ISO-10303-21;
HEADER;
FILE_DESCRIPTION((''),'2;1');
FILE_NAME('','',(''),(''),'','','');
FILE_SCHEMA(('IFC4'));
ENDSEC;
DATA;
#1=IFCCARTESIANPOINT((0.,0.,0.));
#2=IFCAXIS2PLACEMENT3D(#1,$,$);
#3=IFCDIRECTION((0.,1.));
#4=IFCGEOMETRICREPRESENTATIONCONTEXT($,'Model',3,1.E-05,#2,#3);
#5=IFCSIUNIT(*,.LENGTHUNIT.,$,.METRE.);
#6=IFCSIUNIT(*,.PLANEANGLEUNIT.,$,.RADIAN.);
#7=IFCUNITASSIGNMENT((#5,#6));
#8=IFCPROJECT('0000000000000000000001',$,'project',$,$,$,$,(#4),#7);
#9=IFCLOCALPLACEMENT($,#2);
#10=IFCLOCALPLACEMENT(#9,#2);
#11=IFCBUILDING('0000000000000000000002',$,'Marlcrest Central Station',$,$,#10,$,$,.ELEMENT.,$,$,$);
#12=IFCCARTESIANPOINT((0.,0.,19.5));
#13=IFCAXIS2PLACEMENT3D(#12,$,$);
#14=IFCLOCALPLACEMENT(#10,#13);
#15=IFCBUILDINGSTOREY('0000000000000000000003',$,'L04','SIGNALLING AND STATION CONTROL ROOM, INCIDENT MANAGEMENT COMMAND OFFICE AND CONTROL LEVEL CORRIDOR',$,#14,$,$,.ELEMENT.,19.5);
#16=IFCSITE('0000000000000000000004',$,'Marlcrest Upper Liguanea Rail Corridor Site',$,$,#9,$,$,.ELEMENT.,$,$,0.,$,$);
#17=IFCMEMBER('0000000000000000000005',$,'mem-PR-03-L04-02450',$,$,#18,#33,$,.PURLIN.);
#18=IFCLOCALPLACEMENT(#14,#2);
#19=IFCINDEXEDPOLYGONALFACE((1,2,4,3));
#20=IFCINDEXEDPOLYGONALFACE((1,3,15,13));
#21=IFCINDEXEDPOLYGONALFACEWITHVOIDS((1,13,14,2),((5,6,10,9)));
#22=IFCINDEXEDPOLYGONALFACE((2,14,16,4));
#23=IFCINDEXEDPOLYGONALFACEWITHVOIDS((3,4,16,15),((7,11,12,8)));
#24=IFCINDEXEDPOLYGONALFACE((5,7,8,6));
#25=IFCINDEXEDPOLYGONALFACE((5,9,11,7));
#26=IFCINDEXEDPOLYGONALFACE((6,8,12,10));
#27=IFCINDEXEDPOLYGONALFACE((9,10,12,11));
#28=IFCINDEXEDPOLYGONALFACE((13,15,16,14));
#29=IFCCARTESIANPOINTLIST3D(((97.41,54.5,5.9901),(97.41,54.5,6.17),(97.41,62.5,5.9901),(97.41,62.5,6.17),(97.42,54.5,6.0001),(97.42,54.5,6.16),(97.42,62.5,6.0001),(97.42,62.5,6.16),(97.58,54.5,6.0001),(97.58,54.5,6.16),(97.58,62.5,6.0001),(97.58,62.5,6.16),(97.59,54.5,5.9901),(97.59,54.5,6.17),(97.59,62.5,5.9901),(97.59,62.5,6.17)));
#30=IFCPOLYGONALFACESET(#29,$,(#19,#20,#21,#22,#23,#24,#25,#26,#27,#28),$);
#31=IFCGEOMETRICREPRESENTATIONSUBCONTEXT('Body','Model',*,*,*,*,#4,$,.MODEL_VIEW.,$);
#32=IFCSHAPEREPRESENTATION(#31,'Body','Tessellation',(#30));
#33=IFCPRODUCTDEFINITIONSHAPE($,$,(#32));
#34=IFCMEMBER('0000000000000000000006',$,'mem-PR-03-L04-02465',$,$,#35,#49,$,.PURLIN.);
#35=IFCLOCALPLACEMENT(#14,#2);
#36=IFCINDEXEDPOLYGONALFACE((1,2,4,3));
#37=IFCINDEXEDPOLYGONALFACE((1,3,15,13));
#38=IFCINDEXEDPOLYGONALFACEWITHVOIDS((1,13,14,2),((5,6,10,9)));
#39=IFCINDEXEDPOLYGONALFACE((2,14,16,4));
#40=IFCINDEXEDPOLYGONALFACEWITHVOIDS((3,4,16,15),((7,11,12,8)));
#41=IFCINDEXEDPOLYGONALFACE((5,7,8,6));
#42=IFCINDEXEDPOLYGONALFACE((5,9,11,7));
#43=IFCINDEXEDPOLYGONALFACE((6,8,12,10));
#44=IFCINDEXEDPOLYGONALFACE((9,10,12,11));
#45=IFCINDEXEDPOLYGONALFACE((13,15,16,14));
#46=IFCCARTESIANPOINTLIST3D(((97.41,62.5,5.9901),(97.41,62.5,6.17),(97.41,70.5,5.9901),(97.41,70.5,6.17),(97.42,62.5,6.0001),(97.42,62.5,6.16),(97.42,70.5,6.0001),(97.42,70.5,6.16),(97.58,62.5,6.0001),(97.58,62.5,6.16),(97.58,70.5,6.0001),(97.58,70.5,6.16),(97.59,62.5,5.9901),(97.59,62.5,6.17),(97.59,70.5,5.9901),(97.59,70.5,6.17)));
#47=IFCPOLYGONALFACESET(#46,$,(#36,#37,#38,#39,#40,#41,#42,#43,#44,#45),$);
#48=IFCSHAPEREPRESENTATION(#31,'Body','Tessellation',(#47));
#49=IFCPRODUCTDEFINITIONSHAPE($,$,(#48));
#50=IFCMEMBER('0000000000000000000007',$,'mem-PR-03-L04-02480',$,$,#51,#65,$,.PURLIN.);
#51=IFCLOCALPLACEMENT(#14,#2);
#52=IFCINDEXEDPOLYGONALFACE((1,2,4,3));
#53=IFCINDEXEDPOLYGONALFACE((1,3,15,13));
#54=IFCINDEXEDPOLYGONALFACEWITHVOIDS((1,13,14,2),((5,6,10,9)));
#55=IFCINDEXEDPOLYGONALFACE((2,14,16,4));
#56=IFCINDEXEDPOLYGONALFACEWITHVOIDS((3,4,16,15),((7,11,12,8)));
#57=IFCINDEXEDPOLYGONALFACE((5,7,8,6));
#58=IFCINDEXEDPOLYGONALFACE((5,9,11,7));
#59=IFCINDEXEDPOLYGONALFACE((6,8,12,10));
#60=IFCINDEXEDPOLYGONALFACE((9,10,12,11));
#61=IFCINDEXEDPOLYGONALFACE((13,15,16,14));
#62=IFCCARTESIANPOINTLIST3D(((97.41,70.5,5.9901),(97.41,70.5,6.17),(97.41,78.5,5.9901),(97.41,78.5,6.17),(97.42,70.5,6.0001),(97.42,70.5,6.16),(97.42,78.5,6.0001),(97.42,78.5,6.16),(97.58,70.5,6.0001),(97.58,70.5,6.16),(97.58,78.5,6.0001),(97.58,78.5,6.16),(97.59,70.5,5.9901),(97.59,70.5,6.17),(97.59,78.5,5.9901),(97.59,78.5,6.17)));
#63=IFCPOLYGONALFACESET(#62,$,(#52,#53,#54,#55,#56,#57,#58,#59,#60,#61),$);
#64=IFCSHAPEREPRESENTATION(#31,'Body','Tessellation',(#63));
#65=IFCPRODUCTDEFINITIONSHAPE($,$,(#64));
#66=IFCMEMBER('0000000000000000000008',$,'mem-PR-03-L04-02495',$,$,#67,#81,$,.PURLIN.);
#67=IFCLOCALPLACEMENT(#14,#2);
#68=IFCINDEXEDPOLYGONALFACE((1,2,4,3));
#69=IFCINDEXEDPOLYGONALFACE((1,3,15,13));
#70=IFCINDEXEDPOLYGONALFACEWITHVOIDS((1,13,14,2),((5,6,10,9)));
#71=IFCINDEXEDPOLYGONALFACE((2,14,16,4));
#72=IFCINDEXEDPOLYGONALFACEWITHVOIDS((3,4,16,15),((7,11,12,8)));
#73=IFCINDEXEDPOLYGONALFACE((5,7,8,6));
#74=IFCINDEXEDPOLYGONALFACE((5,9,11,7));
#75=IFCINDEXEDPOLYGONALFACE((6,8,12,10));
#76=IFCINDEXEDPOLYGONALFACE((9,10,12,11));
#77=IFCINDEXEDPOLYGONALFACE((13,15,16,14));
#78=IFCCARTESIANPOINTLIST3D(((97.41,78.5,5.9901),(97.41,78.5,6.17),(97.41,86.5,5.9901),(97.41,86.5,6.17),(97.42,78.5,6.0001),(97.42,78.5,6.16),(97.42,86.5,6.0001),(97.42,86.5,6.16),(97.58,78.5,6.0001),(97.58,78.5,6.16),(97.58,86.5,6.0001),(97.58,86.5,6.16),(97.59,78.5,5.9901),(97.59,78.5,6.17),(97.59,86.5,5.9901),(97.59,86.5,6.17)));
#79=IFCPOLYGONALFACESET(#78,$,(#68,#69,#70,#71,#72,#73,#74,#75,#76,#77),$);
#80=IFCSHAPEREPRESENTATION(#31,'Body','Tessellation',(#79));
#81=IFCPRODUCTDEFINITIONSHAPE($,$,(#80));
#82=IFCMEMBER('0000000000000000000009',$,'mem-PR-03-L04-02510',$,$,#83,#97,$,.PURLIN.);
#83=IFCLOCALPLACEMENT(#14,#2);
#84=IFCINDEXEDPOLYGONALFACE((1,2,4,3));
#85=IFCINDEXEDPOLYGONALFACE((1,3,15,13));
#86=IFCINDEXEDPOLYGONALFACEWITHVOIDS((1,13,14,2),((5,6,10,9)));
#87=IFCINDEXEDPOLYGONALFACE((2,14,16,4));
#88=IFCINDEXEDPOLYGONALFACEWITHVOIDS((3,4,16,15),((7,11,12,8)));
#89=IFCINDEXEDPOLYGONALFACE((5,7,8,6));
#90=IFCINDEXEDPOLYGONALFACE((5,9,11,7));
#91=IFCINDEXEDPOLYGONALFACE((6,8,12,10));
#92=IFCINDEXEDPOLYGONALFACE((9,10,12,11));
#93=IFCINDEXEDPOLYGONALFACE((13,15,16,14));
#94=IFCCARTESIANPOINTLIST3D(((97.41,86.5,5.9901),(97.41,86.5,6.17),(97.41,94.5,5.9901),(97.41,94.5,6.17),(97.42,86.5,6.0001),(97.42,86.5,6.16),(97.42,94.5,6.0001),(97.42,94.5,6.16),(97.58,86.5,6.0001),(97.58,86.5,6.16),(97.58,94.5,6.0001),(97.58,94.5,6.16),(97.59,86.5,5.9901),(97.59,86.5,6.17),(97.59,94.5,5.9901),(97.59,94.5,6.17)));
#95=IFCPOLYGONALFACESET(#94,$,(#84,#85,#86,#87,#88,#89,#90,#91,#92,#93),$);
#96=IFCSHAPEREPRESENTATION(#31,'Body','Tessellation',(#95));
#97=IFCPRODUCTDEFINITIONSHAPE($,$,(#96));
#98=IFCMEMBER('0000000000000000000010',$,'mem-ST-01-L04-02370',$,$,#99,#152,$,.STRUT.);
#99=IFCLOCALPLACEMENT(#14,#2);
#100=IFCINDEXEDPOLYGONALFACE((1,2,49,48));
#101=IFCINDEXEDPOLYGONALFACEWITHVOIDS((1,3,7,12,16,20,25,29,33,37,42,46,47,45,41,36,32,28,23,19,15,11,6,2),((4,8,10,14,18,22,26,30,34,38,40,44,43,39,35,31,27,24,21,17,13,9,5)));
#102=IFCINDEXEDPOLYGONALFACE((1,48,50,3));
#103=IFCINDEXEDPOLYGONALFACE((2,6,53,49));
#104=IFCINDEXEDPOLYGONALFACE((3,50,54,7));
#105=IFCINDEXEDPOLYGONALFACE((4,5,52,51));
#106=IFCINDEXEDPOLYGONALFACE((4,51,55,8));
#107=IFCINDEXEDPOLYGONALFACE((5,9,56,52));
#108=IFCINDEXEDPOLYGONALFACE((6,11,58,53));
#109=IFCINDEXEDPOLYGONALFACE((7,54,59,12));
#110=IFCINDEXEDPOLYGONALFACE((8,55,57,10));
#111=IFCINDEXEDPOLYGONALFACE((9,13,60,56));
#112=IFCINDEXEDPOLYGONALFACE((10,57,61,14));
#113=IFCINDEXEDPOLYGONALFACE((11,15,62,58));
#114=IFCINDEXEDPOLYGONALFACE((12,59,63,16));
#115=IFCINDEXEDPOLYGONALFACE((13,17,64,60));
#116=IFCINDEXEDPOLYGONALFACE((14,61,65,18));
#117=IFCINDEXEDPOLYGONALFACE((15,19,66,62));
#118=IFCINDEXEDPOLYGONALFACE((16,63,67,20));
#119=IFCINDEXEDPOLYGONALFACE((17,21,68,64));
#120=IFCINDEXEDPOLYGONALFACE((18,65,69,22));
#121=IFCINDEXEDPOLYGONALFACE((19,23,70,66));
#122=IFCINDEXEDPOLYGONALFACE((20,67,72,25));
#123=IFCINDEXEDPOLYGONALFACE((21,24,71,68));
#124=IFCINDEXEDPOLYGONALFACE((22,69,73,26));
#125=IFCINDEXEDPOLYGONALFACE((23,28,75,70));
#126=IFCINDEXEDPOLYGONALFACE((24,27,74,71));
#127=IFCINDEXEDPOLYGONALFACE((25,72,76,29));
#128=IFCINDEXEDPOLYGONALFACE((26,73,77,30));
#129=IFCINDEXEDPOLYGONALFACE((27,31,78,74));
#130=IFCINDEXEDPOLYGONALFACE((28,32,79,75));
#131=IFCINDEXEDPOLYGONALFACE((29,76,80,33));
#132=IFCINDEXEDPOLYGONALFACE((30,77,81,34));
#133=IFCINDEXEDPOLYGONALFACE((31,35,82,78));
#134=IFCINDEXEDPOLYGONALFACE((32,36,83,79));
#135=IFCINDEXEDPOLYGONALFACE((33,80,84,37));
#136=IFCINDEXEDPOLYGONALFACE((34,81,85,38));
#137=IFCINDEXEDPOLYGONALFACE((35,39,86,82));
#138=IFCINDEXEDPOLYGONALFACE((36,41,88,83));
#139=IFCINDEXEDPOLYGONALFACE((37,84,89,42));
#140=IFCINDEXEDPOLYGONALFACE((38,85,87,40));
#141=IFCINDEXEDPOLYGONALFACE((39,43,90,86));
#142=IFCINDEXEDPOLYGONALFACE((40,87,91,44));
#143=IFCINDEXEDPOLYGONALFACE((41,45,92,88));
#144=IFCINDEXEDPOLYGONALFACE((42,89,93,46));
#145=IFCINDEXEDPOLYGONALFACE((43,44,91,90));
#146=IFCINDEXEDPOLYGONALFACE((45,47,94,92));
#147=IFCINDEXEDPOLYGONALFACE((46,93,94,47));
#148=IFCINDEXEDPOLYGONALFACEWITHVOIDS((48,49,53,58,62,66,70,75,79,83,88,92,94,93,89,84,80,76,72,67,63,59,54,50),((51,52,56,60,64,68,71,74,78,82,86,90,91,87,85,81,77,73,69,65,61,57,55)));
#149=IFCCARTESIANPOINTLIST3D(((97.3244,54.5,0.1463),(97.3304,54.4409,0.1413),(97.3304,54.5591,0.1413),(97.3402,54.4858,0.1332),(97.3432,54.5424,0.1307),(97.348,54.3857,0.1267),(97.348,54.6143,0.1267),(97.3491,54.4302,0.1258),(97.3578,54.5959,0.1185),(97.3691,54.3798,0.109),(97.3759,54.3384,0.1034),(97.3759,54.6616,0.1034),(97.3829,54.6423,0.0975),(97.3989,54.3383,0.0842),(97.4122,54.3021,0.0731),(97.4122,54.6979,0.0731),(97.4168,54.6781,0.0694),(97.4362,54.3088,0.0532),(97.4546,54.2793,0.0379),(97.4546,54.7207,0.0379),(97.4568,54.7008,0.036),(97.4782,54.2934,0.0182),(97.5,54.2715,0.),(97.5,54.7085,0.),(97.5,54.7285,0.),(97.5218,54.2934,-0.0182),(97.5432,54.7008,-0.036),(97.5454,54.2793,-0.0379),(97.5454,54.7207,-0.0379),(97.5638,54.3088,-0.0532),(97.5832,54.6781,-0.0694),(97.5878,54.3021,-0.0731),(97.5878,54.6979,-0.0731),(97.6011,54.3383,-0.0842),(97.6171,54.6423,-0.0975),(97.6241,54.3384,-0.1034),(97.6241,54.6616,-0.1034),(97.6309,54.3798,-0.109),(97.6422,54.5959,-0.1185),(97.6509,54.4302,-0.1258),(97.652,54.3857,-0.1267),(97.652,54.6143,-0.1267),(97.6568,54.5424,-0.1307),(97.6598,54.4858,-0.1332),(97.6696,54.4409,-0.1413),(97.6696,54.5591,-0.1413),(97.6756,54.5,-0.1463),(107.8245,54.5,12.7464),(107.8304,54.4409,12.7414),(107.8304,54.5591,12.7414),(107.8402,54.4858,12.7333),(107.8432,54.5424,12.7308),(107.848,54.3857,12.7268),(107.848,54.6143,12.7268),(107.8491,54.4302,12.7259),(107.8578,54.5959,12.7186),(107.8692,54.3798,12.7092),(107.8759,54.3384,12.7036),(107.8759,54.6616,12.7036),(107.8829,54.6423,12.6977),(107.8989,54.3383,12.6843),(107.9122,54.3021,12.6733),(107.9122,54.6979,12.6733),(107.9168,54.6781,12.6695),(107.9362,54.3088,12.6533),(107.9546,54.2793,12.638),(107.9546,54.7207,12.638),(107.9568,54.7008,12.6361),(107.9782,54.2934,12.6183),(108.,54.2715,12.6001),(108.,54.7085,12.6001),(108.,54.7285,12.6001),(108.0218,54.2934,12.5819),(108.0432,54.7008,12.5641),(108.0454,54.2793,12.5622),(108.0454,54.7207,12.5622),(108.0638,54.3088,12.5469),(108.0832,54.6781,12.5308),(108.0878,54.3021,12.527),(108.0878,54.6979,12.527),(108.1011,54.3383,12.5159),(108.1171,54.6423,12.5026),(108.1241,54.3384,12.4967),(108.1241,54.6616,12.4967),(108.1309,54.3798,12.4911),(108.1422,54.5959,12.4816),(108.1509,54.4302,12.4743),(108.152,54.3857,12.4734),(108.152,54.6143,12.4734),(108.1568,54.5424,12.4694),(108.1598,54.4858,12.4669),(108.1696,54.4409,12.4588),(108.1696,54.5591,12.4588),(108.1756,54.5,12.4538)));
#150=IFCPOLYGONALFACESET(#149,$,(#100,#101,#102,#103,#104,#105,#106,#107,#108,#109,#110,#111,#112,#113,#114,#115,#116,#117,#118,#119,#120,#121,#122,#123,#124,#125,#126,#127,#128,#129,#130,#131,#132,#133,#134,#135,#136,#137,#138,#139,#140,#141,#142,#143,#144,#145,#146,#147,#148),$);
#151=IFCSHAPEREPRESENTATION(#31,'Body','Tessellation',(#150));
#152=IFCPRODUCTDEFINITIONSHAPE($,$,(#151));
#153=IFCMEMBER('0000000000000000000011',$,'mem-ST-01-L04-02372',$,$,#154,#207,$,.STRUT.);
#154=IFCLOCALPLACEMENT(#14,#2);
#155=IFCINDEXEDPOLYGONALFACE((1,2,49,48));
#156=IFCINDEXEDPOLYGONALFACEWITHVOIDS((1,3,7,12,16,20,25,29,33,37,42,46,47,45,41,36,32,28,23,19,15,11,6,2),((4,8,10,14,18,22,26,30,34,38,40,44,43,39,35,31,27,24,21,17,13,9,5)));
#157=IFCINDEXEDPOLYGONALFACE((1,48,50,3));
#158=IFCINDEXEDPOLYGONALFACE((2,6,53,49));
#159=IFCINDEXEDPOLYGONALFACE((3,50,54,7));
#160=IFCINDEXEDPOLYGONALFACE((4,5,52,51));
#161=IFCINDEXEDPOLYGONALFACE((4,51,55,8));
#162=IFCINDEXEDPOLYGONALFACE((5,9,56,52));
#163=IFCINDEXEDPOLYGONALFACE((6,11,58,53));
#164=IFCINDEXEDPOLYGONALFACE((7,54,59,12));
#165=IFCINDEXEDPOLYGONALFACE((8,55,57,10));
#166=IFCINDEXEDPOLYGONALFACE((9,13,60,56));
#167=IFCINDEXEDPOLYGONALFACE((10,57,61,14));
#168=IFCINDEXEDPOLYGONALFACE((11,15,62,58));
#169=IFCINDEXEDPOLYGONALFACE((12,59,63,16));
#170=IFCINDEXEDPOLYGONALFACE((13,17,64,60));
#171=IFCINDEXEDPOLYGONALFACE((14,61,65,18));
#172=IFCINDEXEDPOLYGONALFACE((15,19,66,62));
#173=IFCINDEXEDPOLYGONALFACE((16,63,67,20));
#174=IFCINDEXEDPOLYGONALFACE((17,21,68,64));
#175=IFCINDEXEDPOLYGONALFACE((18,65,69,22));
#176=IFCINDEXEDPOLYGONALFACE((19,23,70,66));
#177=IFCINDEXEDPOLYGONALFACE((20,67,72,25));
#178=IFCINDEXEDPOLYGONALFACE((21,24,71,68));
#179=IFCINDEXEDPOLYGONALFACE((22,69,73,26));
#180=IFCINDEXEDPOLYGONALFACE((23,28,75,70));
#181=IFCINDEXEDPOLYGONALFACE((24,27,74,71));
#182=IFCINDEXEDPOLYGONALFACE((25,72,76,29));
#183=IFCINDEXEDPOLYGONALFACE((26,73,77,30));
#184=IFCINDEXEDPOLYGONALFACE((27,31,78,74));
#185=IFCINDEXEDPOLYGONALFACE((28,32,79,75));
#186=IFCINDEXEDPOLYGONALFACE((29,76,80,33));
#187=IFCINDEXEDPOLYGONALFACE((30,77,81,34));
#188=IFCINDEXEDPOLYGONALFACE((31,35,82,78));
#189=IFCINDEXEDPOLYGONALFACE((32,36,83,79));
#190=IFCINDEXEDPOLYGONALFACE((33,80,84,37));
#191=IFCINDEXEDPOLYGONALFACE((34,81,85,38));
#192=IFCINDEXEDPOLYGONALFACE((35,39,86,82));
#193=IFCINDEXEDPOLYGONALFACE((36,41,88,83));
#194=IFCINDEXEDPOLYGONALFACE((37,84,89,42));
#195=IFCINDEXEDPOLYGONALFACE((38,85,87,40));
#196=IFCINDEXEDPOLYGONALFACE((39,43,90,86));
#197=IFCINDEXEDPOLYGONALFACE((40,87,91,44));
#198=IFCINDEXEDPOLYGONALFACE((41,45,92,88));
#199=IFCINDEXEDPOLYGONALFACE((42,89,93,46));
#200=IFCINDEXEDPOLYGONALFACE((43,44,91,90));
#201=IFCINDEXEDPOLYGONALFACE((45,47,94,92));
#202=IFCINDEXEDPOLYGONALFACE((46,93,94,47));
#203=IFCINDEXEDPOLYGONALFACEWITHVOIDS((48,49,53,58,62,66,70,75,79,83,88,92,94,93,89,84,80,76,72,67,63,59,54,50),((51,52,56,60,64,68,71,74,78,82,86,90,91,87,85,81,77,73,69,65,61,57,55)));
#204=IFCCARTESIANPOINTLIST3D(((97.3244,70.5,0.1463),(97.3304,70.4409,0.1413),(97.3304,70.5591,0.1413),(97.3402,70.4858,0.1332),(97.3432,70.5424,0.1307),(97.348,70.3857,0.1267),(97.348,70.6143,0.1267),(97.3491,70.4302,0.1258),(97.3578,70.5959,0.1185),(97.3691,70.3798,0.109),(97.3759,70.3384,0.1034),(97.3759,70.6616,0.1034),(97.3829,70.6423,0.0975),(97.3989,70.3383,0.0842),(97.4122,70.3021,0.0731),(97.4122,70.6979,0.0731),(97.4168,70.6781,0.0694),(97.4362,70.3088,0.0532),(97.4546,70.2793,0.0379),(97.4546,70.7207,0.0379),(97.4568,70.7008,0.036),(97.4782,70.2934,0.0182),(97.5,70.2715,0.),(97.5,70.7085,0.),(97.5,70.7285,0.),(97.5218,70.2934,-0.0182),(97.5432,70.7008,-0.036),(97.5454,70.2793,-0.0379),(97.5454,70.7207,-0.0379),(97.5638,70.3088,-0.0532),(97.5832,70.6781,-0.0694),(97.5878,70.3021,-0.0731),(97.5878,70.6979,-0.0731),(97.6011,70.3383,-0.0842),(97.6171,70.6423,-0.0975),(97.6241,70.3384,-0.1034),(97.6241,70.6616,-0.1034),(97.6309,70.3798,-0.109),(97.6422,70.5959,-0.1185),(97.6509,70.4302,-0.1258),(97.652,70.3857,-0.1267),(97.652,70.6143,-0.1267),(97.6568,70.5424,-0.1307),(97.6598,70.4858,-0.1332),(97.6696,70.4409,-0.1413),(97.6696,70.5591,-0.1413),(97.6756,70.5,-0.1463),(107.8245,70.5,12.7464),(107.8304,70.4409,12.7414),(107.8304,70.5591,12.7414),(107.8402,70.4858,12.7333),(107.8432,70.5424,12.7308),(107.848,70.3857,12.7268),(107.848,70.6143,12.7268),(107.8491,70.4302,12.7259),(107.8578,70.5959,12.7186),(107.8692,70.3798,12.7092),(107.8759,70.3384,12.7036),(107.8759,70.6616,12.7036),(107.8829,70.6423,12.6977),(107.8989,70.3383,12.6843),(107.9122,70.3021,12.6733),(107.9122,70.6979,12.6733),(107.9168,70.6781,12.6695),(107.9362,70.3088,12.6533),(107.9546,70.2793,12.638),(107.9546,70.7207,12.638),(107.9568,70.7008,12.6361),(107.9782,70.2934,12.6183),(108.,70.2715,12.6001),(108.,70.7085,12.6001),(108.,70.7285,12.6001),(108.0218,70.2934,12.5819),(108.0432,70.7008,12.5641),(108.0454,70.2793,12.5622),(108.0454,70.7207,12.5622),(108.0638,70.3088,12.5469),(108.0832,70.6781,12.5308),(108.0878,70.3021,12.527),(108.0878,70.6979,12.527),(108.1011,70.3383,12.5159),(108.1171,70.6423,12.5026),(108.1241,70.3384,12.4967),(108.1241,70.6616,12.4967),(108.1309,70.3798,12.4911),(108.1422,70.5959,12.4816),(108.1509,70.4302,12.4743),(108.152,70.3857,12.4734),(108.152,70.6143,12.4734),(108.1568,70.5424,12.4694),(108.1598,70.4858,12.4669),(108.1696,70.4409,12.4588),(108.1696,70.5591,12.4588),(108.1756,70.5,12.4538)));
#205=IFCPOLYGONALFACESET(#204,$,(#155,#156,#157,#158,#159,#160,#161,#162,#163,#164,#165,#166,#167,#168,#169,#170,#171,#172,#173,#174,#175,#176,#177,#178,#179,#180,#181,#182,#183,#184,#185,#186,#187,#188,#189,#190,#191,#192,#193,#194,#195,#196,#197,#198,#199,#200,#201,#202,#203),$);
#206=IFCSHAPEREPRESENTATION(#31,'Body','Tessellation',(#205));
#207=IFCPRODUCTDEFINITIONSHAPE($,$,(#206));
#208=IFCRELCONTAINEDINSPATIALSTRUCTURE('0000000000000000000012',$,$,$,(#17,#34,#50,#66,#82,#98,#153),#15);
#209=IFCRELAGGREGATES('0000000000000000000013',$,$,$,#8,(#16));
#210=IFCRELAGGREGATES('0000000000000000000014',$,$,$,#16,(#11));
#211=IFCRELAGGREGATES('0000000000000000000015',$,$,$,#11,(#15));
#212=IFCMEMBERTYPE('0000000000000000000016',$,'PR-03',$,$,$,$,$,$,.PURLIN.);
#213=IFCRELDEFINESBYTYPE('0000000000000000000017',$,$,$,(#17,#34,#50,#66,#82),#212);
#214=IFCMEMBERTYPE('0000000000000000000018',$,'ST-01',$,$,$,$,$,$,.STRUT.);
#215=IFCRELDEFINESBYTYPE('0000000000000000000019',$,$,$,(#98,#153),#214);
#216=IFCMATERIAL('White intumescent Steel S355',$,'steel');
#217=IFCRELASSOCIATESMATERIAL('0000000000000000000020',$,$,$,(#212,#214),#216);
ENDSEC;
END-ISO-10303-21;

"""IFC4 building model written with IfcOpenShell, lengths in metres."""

from ifc_helpers import new_model, si_unit, direction, frame, origin, origin_2d, place, context, subcontext, project, spatial, hollow_rectangle, hollow_circle, extrude, material, material_profile, profile_set, type_object, element, save


model = new_model("IFC4")

# Units and contexts
model_context = context("Model", 3, precision=1e-05, world=origin(), true_north=direction((0.0, 1.0)))
body_context = subcontext(model_context, "Body", "Model", "MODEL_VIEW")
ifc_project = project(units=[si_unit("LENGTHUNIT", "METRE"), si_unit("PLANEANGLEUNIT", "RADIAN")], contexts=[model_context])

# Site, building, storey
site_placement = place(None, origin())
site = spatial("IfcSite", under=ifc_project, at=site_placement, Name="Marlcrest Upper Liguanea Rail Corridor Site", CompositionType="ELEMENT", RefElevation=0.0)
building_placement = place(site_placement, origin())
building = spatial("IfcBuilding", under=site, at=building_placement, Name="Marlcrest Central Station", CompositionType="ELEMENT")
storey_placement = place(building_placement, frame((0.0, 0.0, 19.5)))
storey = spatial("IfcBuildingStorey", under=building, at=storey_placement, Name="L04", Description="SIGNALLING AND STATION CONTROL ROOM, INCIDENT MANAGEMENT COMMAND OFFICE AND CONTROL LEVEL CORRIDOR", CompositionType="ELEMENT", Elevation=19.5)

# Members
ifc_material_1 = material(Name="White intumescent Steel S355", Category="steel")
ifc_material_profile_1 = material_profile(ifc_material_1, hollow_rectangle(XDim=0.1799, YDim=0.1799, WallThickness=0.01, at=origin_2d()), Name="SHS 180x180x10")
ifc_profile_set_1 = profile_set([ifc_material_profile_1], Name="White intumescent Steel S355")
member_type_1 = type_object("IfcMemberType", Name="PR-03", PredefinedType="PURLIN", material=ifc_profile_set_1)
for number, where, z_axis, x_axis, name in (
    (1, (97.5, 54.5, 6.0801), (0.0, 1.0, 0.0), (-1.0, 0.0, 0.0), "mem-PR-03-L04-02450"),
    (2, (97.5, 62.5, 6.0801), (0.0, 1.0, 0.0), (-1.0, 0.0, 0.0), "mem-PR-03-L04-02465"),
    (3, (97.5, 70.5, 6.0801), (0.0, 1.0, 0.0), (-1.0, 0.0, 0.0), "mem-PR-03-L04-02480"),
    (4, (97.5, 78.5, 6.0801), (0.0, 1.0, 0.0), (-1.0, 0.0, 0.0), "mem-PR-03-L04-02495"),
    (5, (97.5, 86.5, 6.0801), (0.0, 1.0, 0.0), (-1.0, 0.0, 0.0), "mem-PR-03-L04-02510"),
):
    element("IfcMember", number, at=place(storey_placement, frame(where, z_axis=z_axis, x_axis=x_axis)), inside=storey, type_object=member_type_1, Name=name, PredefinedType="PURLIN", context=body_context, shape_type="SweptSolid", body=[
        extrude(hollow_rectangle(XDim=0.1799, YDim=0.1799, WallThickness=0.01, at=origin_2d()), origin(), (0.0, 0.0, 1.0), 8.0),
    ])
ifc_material_profile_2 = material_profile(ifc_material_1, hollow_circle(Radius=0.2285, WallThickness=0.02, at=origin_2d()), Name="CHS 457x20")
ifc_profile_set_2 = profile_set([ifc_material_profile_2], Name="White intumescent Steel S355")
member_type_2 = type_object("IfcMemberType", Name="ST-01", PredefinedType="STRUT", material=ifc_profile_set_2)
for number, where, z_axis, x_axis, name in (
    (6, (97.5, 54.5, 0.0), (0.640181, 0.0, 0.768224), (0.0, 1.0, 0.0), "mem-ST-01-L04-02370"),
    (7, (97.5, 70.5, 0.0), (0.640181, 0.0, 0.768224), (0.0, 1.0, 0.0), "mem-ST-01-L04-02372"),
):
    element("IfcMember", number, at=place(storey_placement, frame(where, z_axis=z_axis, x_axis=x_axis)), inside=storey, type_object=member_type_2, Name=name, PredefinedType="STRUT", context=body_context, shape_type="SweptSolid", body=[
        extrude(hollow_circle(Radius=0.2285, WallThickness=0.02, at=origin_2d()), origin(), (0.0, 0.0, 1.0), 16.4016),
    ])

save(model, "model.ifc")
